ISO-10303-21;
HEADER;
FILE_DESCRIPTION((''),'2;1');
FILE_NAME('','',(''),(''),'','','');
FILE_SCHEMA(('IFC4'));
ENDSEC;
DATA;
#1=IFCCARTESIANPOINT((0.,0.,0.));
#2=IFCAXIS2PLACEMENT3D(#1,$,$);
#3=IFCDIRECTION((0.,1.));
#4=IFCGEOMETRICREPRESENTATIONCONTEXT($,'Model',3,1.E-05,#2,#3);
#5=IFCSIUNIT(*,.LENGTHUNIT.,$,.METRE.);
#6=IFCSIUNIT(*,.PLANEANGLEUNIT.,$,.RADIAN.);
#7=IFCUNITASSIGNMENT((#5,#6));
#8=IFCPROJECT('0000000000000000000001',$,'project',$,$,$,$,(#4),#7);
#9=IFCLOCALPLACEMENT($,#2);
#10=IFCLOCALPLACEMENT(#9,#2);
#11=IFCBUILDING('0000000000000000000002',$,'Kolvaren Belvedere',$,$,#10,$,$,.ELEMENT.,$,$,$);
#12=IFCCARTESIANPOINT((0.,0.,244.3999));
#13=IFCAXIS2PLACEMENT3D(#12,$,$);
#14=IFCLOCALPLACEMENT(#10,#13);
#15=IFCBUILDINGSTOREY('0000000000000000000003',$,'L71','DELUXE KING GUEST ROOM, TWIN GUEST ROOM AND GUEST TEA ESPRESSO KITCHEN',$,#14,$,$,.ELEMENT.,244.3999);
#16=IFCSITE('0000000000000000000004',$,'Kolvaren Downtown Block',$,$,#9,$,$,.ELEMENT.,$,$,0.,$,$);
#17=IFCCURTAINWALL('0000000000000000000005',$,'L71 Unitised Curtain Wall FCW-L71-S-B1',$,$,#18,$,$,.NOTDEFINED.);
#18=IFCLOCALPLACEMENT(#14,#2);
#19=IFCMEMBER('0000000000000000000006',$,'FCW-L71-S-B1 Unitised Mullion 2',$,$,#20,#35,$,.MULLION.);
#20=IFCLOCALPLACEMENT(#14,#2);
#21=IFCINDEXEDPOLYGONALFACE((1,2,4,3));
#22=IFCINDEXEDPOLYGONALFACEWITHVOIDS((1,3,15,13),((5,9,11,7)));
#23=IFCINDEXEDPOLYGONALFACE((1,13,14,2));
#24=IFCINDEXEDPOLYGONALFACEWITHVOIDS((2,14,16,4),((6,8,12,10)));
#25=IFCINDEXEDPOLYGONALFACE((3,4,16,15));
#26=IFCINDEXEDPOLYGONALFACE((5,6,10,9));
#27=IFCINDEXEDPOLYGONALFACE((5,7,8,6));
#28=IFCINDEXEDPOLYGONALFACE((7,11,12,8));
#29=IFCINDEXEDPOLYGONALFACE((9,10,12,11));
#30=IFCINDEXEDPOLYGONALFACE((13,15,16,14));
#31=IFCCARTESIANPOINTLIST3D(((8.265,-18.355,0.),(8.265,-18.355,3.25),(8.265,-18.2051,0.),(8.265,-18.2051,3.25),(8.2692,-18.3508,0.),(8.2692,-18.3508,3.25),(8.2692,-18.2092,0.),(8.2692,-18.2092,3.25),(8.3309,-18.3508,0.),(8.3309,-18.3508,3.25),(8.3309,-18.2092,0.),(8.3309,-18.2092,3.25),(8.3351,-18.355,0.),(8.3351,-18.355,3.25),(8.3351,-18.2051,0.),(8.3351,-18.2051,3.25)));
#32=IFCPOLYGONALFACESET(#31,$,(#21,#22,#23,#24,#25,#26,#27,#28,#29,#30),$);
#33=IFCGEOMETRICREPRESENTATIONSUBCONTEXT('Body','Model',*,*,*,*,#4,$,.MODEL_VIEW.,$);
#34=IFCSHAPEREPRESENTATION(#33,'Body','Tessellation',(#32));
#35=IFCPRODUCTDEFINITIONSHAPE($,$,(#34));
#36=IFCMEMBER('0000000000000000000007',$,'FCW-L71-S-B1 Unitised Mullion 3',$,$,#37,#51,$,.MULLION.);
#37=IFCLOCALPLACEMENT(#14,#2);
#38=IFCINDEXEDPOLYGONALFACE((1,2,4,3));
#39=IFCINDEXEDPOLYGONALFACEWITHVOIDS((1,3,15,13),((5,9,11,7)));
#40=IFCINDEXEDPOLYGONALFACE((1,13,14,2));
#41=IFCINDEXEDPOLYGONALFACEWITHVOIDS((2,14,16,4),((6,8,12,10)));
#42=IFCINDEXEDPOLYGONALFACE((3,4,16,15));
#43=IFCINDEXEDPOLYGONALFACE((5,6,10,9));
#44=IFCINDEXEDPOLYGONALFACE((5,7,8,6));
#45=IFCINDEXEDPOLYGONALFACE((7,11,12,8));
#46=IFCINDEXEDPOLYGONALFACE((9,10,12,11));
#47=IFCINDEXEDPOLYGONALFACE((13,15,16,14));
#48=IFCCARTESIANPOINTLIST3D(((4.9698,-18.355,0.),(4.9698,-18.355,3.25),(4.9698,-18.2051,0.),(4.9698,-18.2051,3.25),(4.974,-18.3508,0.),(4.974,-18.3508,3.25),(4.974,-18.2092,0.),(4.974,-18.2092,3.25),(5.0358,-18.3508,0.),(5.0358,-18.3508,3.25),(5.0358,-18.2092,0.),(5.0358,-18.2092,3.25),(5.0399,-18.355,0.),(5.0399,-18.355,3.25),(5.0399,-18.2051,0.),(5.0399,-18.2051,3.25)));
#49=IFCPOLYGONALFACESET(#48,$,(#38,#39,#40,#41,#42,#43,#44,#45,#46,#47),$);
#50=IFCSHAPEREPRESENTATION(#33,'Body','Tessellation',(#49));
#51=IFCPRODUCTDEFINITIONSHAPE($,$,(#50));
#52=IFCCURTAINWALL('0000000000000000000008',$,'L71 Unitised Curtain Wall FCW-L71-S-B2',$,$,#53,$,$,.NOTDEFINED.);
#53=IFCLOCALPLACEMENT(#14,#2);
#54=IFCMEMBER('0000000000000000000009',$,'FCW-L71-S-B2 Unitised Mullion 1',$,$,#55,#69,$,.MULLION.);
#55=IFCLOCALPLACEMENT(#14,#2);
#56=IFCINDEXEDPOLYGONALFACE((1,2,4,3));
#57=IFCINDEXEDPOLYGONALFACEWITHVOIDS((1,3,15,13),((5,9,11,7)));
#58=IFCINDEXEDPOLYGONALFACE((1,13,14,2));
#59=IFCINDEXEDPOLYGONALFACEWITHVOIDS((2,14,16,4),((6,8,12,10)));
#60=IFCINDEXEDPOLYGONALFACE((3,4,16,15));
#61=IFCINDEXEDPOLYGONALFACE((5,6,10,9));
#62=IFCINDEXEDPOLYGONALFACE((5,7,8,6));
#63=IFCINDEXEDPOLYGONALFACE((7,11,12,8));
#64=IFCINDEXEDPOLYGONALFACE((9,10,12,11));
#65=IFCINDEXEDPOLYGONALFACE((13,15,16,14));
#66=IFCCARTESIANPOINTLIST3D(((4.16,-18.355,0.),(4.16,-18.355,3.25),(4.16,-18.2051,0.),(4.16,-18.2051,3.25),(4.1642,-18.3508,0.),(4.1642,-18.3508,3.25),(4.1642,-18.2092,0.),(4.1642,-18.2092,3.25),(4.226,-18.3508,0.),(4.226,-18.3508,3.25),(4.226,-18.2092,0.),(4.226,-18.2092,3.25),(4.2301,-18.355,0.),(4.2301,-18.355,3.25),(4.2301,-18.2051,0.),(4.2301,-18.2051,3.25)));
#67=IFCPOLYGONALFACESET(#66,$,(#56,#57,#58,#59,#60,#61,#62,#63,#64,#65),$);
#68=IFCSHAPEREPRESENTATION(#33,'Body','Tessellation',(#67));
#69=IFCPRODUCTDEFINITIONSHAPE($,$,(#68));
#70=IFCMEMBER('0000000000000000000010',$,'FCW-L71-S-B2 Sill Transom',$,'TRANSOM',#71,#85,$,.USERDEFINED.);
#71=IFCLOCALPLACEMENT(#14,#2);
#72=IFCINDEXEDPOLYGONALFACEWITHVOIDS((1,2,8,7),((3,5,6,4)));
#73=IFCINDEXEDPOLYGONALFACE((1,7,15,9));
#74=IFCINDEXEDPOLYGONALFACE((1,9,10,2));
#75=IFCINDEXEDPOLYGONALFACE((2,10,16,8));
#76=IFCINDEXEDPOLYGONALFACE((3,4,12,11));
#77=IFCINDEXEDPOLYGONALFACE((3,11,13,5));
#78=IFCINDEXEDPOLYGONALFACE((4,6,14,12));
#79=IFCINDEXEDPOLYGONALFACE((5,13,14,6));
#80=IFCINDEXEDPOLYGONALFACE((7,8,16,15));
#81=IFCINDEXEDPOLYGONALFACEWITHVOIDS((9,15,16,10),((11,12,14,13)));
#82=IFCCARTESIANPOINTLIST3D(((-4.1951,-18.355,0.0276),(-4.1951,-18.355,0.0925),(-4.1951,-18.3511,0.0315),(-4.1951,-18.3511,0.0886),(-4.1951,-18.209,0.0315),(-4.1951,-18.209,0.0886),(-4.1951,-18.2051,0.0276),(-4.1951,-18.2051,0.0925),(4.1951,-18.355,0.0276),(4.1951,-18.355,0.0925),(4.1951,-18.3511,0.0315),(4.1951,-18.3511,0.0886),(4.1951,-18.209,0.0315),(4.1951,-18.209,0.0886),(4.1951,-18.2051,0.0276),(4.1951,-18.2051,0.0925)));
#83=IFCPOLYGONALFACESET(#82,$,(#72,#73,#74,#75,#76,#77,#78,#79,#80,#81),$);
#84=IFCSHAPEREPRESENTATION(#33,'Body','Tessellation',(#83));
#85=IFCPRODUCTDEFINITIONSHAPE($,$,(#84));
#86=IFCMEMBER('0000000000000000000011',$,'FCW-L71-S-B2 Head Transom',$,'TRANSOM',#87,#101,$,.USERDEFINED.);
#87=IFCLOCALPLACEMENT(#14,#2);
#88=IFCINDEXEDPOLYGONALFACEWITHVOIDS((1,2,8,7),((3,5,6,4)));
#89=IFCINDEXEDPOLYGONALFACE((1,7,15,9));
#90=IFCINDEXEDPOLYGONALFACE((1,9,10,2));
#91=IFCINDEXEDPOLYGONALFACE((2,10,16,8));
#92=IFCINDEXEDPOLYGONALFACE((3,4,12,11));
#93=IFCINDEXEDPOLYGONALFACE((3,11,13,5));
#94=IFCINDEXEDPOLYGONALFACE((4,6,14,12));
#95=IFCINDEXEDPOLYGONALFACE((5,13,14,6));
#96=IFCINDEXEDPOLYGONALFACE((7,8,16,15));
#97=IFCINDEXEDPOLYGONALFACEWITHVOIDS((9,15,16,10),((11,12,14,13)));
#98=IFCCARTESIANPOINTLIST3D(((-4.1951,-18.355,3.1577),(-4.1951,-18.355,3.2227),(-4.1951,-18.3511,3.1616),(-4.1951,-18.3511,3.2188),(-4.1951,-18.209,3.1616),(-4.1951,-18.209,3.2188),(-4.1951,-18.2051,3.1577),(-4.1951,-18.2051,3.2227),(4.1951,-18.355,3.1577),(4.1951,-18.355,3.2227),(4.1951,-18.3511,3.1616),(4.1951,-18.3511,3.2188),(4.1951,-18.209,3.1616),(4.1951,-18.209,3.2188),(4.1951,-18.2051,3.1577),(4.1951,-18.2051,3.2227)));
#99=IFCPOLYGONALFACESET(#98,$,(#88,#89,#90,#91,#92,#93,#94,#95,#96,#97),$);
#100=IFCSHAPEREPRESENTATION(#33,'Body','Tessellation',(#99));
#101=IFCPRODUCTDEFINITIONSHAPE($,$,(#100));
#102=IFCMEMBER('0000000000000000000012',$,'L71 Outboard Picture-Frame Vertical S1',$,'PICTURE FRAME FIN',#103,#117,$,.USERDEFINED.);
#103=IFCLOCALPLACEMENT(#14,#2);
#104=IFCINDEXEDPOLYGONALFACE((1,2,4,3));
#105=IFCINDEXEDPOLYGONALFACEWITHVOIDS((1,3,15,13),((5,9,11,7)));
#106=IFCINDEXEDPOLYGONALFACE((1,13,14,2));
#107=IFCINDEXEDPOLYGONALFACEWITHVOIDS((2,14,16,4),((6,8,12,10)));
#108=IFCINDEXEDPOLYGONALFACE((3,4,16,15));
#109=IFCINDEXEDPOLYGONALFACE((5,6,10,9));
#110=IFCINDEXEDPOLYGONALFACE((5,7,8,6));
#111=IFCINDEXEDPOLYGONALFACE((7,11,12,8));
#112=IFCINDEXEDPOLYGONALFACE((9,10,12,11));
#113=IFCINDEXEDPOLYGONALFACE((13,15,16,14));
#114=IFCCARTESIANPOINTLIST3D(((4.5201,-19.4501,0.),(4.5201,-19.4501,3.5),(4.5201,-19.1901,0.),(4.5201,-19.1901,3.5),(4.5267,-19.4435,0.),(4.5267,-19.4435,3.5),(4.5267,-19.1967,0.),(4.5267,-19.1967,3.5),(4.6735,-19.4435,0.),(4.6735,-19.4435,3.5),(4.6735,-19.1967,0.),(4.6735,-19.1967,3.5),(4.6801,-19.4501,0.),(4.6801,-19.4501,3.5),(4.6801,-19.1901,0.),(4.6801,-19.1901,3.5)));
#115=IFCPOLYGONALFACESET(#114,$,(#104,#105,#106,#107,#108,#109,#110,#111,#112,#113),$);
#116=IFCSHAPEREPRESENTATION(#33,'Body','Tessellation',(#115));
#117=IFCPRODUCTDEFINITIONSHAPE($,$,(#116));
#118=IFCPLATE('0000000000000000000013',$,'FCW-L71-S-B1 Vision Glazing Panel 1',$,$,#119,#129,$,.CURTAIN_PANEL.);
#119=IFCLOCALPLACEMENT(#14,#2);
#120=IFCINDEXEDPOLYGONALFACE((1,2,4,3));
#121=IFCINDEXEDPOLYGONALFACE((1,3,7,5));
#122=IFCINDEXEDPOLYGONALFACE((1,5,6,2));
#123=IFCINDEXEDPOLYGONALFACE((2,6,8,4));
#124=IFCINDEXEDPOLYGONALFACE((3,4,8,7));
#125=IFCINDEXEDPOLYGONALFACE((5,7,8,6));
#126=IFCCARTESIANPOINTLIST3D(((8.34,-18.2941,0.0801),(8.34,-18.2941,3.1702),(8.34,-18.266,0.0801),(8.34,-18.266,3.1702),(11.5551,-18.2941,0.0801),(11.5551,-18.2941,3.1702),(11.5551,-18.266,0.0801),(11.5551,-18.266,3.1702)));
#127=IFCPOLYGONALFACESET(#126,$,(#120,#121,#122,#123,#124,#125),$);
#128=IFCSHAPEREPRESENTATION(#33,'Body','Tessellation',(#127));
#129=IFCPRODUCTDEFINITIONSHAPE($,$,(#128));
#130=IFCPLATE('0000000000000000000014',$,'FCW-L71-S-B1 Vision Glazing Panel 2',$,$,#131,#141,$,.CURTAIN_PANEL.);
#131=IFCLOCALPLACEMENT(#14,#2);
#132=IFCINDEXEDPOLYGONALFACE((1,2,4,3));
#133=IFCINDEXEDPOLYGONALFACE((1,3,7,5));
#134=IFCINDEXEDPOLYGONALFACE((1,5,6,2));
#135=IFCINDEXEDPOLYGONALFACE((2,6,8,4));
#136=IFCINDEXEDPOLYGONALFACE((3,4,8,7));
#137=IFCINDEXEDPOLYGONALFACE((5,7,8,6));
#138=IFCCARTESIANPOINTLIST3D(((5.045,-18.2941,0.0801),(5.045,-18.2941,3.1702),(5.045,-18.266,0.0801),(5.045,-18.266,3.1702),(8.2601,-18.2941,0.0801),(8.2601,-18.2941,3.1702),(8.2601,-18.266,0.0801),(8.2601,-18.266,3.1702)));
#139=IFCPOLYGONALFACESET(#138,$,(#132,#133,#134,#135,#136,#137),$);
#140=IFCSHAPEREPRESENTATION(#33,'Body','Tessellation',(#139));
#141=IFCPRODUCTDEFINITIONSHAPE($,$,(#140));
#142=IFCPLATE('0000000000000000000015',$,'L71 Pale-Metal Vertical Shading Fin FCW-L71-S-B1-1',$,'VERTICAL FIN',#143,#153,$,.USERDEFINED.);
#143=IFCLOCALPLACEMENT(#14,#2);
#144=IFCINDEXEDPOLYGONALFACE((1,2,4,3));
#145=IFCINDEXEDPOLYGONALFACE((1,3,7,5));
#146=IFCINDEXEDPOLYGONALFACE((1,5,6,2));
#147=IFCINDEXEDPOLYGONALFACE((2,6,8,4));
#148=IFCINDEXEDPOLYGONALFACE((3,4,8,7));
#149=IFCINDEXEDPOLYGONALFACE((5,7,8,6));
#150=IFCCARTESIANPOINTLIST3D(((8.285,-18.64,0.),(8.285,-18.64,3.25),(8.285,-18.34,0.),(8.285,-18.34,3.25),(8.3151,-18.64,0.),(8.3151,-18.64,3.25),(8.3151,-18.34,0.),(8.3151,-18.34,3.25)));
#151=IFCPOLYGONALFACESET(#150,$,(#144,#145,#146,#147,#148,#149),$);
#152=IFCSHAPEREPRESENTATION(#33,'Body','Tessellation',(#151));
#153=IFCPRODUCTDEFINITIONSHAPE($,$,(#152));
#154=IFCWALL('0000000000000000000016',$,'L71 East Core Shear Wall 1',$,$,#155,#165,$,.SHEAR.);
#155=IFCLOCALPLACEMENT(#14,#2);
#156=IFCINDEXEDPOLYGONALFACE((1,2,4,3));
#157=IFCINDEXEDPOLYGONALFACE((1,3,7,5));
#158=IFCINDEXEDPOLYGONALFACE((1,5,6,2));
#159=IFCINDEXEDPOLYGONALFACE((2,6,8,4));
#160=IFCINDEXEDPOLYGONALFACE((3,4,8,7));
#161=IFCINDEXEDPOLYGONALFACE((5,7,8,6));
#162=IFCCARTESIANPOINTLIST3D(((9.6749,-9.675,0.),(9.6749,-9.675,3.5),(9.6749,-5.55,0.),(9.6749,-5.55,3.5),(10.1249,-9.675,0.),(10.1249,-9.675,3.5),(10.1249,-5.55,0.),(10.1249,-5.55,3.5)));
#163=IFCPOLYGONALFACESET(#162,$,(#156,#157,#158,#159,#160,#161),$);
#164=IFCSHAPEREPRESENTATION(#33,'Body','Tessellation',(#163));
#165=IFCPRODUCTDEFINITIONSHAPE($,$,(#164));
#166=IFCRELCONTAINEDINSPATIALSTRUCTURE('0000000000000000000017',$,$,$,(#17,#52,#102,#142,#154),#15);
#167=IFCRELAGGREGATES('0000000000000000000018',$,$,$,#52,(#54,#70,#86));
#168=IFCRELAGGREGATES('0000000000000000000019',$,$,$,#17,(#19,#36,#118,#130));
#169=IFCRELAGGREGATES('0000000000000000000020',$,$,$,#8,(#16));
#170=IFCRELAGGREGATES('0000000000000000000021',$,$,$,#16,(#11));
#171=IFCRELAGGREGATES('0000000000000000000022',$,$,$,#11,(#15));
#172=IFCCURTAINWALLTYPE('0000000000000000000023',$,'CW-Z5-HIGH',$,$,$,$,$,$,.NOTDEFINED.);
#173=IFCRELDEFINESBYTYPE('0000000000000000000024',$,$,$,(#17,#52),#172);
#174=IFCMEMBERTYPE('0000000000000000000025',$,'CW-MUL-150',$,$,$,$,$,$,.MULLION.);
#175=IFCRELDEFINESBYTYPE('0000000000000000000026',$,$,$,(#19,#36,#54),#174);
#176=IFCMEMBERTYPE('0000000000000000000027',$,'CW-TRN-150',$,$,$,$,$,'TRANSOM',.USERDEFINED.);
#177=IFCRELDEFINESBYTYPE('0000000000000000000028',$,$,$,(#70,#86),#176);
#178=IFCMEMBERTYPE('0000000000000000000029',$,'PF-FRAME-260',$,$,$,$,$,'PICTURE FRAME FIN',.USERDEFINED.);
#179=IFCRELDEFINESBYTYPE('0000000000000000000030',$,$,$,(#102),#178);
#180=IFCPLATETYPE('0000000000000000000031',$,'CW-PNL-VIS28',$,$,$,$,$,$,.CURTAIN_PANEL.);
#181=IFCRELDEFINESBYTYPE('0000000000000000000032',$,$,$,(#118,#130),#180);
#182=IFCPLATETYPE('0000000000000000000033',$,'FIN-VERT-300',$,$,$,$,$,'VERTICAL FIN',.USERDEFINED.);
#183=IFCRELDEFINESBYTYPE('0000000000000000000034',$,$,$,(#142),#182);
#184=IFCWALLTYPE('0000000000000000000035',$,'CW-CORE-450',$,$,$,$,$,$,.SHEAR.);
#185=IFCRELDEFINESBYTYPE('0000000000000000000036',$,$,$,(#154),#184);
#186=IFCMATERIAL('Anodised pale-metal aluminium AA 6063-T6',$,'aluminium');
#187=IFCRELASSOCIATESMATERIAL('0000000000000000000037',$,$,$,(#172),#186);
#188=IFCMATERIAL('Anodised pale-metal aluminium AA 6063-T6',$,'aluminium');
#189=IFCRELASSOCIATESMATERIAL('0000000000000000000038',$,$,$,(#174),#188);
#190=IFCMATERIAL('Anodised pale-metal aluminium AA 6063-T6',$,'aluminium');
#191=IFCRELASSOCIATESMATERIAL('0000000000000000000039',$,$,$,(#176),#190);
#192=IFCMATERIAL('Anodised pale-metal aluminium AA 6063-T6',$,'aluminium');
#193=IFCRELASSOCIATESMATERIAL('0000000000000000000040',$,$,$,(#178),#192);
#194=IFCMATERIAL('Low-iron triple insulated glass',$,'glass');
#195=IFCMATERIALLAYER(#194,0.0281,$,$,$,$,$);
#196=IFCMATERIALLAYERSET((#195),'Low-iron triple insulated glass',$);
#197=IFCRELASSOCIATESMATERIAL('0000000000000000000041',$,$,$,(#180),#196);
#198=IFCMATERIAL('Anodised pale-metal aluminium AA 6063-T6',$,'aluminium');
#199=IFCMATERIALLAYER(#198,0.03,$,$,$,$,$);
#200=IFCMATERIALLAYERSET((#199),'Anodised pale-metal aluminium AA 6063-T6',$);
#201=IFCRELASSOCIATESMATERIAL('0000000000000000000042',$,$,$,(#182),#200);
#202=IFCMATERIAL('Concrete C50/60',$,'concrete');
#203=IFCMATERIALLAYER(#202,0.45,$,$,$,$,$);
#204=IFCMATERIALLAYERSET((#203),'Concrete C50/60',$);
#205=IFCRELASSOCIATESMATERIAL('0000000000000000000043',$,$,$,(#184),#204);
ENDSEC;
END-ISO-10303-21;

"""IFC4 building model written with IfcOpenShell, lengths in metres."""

from ifc_helpers import new_model, si_unit, direction, frame, frame_2d, origin, origin_2d, place, context, subcontext, project, spatial, rectangle, hollow_rectangle, extrude, material, layer, layer_set, material_profile, profile_set, type_object, element, aggregate, save


model = new_model("IFC4")

# Units and contexts
model_context = context("Model", 3, precision=1e-05, world=origin(), true_north=direction((0.0, 1.0)))
body_context = subcontext(model_context, "Body", "Model", "MODEL_VIEW")
ifc_project = project(units=[si_unit("LENGTHUNIT", "METRE"), si_unit("PLANEANGLEUNIT", "RADIAN")], contexts=[model_context])

# Site, building, storey
site_placement = place(None, origin())
site = spatial("IfcSite", under=ifc_project, at=site_placement, Name="Kolvaren Downtown Block", CompositionType="ELEMENT", RefElevation=0.0)
building_placement = place(site_placement, origin())
building = spatial("IfcBuilding", under=site, at=building_placement, Name="Kolvaren Belvedere", CompositionType="ELEMENT")
storey_placement = place(building_placement, frame((0.0, 0.0, 244.3999)))
storey = spatial("IfcBuildingStorey", under=building, at=storey_placement, Name="L71", Description="DELUXE KING GUEST ROOM, TWIN GUEST ROOM AND GUEST TEA ESPRESSO KITCHEN", CompositionType="ELEMENT", Elevation=244.3999)

# Curtain walls, members
ifc_material_1 = material(Name="Anodised pale-metal aluminium AA 6063-T6", Category="aluminium")
curtain_wall_type = type_object("IfcCurtainWallType", Name="CW-Z5-HIGH", PredefinedType="NOTDEFINED", material=ifc_material_1)
curtain_wall_1_placement = place(storey_placement, origin())
curtain_wall_1 = element("IfcCurtainWall", 1, at=curtain_wall_1_placement, inside=storey, type_object=curtain_wall_type, Name="L71 Unitised Curtain Wall FCW-L71-S-B1", PredefinedType="NOTDEFINED")
ifc_material_2 = material(Name="Anodised pale-metal aluminium AA 6063-T6", Category="aluminium")
ifc_material_profile_1 = material_profile(ifc_material_2, hollow_rectangle(XDim=0.0701, YDim=0.1499, WallThickness=0.0042, at=origin_2d()), Name="ALU-MUL-150X70")
ifc_profile_set_1 = profile_set([ifc_material_profile_1], Name="Anodised pale-metal aluminium AA 6063-T6")
member_type_1 = type_object("IfcMemberType", Name="CW-MUL-150", PredefinedType="MULLION", material=ifc_profile_set_1)
member_1_placement = place(storey_placement, frame((8.3, -18.28, 0.0), z_axis=(0.0, 0.0, 1.0), x_axis=(1.0, 0.0, 0.0)))
member_1 = element("IfcMember", 2, at=member_1_placement, type_object=member_type_1, Name="FCW-L71-S-B1 Unitised Mullion 2", PredefinedType="MULLION", context=body_context, shape_type="SweptSolid", body=[
    extrude(hollow_rectangle(XDim=0.0701, YDim=0.1499, WallThickness=0.0042, at=origin_2d()), origin(), (0.0, 0.0, 1.0), 3.25),
])
member_2_placement = place(storey_placement, frame((5.0049, -18.28, 0.0), z_axis=(0.0, 0.0, 1.0), x_axis=(1.0, 0.0, 0.0)))
member_2 = element("IfcMember", 3, at=member_2_placement, type_object=member_type_1, Name="FCW-L71-S-B1 Unitised Mullion 3", PredefinedType="MULLION", context=body_context, shape_type="SweptSolid", body=[
    extrude(hollow_rectangle(XDim=0.0701, YDim=0.1499, WallThickness=0.0042, at=origin_2d()), origin(), (0.0, 0.0, 1.0), 3.25),
])
curtain_wall_2_placement = place(storey_placement, origin())
curtain_wall_2 = element("IfcCurtainWall", 4, at=curtain_wall_2_placement, inside=storey, type_object=curtain_wall_type, Name="L71 Unitised Curtain Wall FCW-L71-S-B2", PredefinedType="NOTDEFINED")
member_3_placement = place(storey_placement, frame((4.1951, -18.28, 0.0), z_axis=(0.0, 0.0, 1.0), x_axis=(1.0, 0.0, 0.0)))
member_3 = element("IfcMember", 5, at=member_3_placement, type_object=member_type_1, Name="FCW-L71-S-B2 Unitised Mullion 1", PredefinedType="MULLION", context=body_context, shape_type="SweptSolid", body=[
    extrude(hollow_rectangle(XDim=0.0701, YDim=0.1499, WallThickness=0.0042, at=origin_2d()), origin(), (0.0, 0.0, 1.0), 3.25),
])
ifc_material_3 = material(Name="Anodised pale-metal aluminium AA 6063-T6", Category="aluminium")
ifc_material_profile_2 = material_profile(ifc_material_3, hollow_rectangle(XDim=0.0649, YDim=0.1499, WallThickness=0.0039, at=origin_2d()), Name="ALU-TRN-150X65")
ifc_profile_set_2 = profile_set([ifc_material_profile_2], Name="Anodised pale-metal aluminium AA 6063-T6")
member_type_2 = type_object("IfcMemberType", Name="CW-TRN-150", ElementType="TRANSOM", PredefinedType="USERDEFINED", material=ifc_profile_set_2)
member_4_placement = place(storey_placement, frame((4.1951, -18.28, 0.0601), z_axis=(-1.0, 0.0, 0.0), x_axis=(0.0, 0.0, 1.0)))
member_4 = element("IfcMember", 6, at=member_4_placement, type_object=member_type_2, Name="FCW-L71-S-B2 Sill Transom", ObjectType="TRANSOM", PredefinedType="USERDEFINED", context=body_context, shape_type="SweptSolid", body=[
    extrude(hollow_rectangle(XDim=0.0649, YDim=0.1499, WallThickness=0.0039, at=origin_2d()), origin(), (0.0, 0.0, 1.0), 8.3901),
])
member_5_placement = place(storey_placement, frame((4.1951, -18.28, 3.1902), z_axis=(-1.0, 0.0, 0.0), x_axis=(0.0, 0.0, 1.0)))
member_5 = element("IfcMember", 7, at=member_5_placement, type_object=member_type_2, Name="FCW-L71-S-B2 Head Transom", ObjectType="TRANSOM", PredefinedType="USERDEFINED", context=body_context, shape_type="SweptSolid", body=[
    extrude(hollow_rectangle(XDim=0.0649, YDim=0.1499, WallThickness=0.0039, at=origin_2d()), origin(), (0.0, 0.0, 1.0), 8.3901),
])
aggregate(curtain_wall_2, [member_3, member_4, member_5])

# Member
ifc_material_4 = material(Name="Anodised pale-metal aluminium AA 6063-T6", Category="aluminium")
ifc_material_profile_3 = material_profile(ifc_material_4, hollow_rectangle(XDim=0.1599, YDim=0.26, WallThickness=0.0066, at=origin_2d()), Name="ALU-PF-260X160")
ifc_profile_set_3 = profile_set([ifc_material_profile_3], Name="Anodised pale-metal aluminium AA 6063-T6")
member_type_3 = type_object("IfcMemberType", Name="PF-FRAME-260", ElementType="PICTURE FRAME FIN", PredefinedType="USERDEFINED", material=ifc_profile_set_3)
member_6_placement = place(storey_placement, frame((4.6001, -19.3201, 0.0), z_axis=(0.0, 0.0, 1.0), x_axis=(1.0, 0.0, 0.0)))
element("IfcMember", 8, at=member_6_placement, inside=storey, type_object=member_type_3, Name="L71 Outboard Picture-Frame Vertical S1", ObjectType="PICTURE FRAME FIN", PredefinedType="USERDEFINED", context=body_context, shape_type="SweptSolid", body=[
    extrude(hollow_rectangle(XDim=0.1599, YDim=0.26, WallThickness=0.0066, at=origin_2d()), origin(), (0.0, 0.0, 1.0), 3.5),
])

# Plates
ifc_material_5 = material(Name="Low-iron triple insulated glass", Category="glass")
ifc_layer_1 = layer(ifc_material_5, 0.0281)
ifc_layer_set_1 = layer_set([ifc_layer_1], Name="Low-iron triple insulated glass")
plate_type_1 = type_object("IfcPlateType", Name="CW-PNL-VIS28", PredefinedType="CURTAIN_PANEL", material=ifc_layer_set_1)
plate_1_placement = place(storey_placement, frame((9.9475, -18.28, 0.0801), z_axis=(0.0, 0.0, 1.0), x_axis=(-1.0, 0.0, 0.0)))
plate_1 = element("IfcPlate", 9, at=plate_1_placement, type_object=plate_type_1, Name="FCW-L71-S-B1 Vision Glazing Panel 1", PredefinedType="CURTAIN_PANEL", context=body_context, shape_type="SweptSolid", body=[
    extrude(rectangle(XDim=3.2151, YDim=0.0281, at=origin_2d()), origin(), (0.0, 0.0, 1.0), 3.0901),
])
plate_2_placement = place(storey_placement, frame((6.6526, -18.28, 0.0801), z_axis=(0.0, 0.0, 1.0), x_axis=(-1.0, 0.0, 0.0)))
plate_2 = element("IfcPlate", 10, at=plate_2_placement, type_object=plate_type_1, Name="FCW-L71-S-B1 Vision Glazing Panel 2", PredefinedType="CURTAIN_PANEL", context=body_context, shape_type="SweptSolid", body=[
    extrude(rectangle(XDim=3.2151, YDim=0.0281, at=origin_2d()), origin(), (0.0, 0.0, 1.0), 3.0901),
])
aggregate(curtain_wall_1, [member_1, member_2, plate_1, plate_2])
ifc_material_6 = material(Name="Anodised pale-metal aluminium AA 6063-T6", Category="aluminium")
ifc_layer_2 = layer(ifc_material_6, 0.03)
ifc_layer_set_2 = layer_set([ifc_layer_2], Name="Anodised pale-metal aluminium AA 6063-T6")
plate_type_2 = type_object("IfcPlateType", Name="FIN-VERT-300", ElementType="VERTICAL FIN", PredefinedType="USERDEFINED", material=ifc_layer_set_2)
plate_3_placement = place(storey_placement, frame((8.3, -18.49, 0.0), z_axis=(0.0, 0.0, 1.0), x_axis=(0.0, 1.0, 0.0)))
element("IfcPlate", 11, at=plate_3_placement, inside=storey, type_object=plate_type_2, Name="L71 Pale-Metal Vertical Shading Fin FCW-L71-S-B1-1", ObjectType="VERTICAL FIN", PredefinedType="USERDEFINED", context=body_context, shape_type="SweptSolid", body=[
    extrude(rectangle(XDim=0.3, YDim=0.03, at=origin_2d()), origin(), (0.0, 0.0, 1.0), 3.25),
])

# Wall
ifc_material_7 = material(Name="Concrete C50/60", Category="concrete")
ifc_layer_3 = layer(ifc_material_7, 0.45)
ifc_layer_set_3 = layer_set([ifc_layer_3], Name="Concrete C50/60")
wall_type_1 = type_object("IfcWallType", Name="CW-CORE-450", PredefinedType="SHEAR", material=ifc_layer_set_3)
wall_1_placement = place(storey_placement, frame((9.8999, -9.675, 0.0), z_axis=(0.0, 0.0, 1.0), x_axis=(0.0, 1.0, 0.0)))
element("IfcWall", 12, at=wall_1_placement, inside=storey, type_object=wall_type_1, Name="L71 East Core Shear Wall 1", PredefinedType="SHEAR", context=body_context, shape_type="SweptSolid", body=[
    extrude(rectangle(XDim=4.125, YDim=0.45, at=frame_2d((2.0625, 0.0))), origin(), (0.0, 0.0, 1.0), 3.5),
])

save(model, "model.ifc")
